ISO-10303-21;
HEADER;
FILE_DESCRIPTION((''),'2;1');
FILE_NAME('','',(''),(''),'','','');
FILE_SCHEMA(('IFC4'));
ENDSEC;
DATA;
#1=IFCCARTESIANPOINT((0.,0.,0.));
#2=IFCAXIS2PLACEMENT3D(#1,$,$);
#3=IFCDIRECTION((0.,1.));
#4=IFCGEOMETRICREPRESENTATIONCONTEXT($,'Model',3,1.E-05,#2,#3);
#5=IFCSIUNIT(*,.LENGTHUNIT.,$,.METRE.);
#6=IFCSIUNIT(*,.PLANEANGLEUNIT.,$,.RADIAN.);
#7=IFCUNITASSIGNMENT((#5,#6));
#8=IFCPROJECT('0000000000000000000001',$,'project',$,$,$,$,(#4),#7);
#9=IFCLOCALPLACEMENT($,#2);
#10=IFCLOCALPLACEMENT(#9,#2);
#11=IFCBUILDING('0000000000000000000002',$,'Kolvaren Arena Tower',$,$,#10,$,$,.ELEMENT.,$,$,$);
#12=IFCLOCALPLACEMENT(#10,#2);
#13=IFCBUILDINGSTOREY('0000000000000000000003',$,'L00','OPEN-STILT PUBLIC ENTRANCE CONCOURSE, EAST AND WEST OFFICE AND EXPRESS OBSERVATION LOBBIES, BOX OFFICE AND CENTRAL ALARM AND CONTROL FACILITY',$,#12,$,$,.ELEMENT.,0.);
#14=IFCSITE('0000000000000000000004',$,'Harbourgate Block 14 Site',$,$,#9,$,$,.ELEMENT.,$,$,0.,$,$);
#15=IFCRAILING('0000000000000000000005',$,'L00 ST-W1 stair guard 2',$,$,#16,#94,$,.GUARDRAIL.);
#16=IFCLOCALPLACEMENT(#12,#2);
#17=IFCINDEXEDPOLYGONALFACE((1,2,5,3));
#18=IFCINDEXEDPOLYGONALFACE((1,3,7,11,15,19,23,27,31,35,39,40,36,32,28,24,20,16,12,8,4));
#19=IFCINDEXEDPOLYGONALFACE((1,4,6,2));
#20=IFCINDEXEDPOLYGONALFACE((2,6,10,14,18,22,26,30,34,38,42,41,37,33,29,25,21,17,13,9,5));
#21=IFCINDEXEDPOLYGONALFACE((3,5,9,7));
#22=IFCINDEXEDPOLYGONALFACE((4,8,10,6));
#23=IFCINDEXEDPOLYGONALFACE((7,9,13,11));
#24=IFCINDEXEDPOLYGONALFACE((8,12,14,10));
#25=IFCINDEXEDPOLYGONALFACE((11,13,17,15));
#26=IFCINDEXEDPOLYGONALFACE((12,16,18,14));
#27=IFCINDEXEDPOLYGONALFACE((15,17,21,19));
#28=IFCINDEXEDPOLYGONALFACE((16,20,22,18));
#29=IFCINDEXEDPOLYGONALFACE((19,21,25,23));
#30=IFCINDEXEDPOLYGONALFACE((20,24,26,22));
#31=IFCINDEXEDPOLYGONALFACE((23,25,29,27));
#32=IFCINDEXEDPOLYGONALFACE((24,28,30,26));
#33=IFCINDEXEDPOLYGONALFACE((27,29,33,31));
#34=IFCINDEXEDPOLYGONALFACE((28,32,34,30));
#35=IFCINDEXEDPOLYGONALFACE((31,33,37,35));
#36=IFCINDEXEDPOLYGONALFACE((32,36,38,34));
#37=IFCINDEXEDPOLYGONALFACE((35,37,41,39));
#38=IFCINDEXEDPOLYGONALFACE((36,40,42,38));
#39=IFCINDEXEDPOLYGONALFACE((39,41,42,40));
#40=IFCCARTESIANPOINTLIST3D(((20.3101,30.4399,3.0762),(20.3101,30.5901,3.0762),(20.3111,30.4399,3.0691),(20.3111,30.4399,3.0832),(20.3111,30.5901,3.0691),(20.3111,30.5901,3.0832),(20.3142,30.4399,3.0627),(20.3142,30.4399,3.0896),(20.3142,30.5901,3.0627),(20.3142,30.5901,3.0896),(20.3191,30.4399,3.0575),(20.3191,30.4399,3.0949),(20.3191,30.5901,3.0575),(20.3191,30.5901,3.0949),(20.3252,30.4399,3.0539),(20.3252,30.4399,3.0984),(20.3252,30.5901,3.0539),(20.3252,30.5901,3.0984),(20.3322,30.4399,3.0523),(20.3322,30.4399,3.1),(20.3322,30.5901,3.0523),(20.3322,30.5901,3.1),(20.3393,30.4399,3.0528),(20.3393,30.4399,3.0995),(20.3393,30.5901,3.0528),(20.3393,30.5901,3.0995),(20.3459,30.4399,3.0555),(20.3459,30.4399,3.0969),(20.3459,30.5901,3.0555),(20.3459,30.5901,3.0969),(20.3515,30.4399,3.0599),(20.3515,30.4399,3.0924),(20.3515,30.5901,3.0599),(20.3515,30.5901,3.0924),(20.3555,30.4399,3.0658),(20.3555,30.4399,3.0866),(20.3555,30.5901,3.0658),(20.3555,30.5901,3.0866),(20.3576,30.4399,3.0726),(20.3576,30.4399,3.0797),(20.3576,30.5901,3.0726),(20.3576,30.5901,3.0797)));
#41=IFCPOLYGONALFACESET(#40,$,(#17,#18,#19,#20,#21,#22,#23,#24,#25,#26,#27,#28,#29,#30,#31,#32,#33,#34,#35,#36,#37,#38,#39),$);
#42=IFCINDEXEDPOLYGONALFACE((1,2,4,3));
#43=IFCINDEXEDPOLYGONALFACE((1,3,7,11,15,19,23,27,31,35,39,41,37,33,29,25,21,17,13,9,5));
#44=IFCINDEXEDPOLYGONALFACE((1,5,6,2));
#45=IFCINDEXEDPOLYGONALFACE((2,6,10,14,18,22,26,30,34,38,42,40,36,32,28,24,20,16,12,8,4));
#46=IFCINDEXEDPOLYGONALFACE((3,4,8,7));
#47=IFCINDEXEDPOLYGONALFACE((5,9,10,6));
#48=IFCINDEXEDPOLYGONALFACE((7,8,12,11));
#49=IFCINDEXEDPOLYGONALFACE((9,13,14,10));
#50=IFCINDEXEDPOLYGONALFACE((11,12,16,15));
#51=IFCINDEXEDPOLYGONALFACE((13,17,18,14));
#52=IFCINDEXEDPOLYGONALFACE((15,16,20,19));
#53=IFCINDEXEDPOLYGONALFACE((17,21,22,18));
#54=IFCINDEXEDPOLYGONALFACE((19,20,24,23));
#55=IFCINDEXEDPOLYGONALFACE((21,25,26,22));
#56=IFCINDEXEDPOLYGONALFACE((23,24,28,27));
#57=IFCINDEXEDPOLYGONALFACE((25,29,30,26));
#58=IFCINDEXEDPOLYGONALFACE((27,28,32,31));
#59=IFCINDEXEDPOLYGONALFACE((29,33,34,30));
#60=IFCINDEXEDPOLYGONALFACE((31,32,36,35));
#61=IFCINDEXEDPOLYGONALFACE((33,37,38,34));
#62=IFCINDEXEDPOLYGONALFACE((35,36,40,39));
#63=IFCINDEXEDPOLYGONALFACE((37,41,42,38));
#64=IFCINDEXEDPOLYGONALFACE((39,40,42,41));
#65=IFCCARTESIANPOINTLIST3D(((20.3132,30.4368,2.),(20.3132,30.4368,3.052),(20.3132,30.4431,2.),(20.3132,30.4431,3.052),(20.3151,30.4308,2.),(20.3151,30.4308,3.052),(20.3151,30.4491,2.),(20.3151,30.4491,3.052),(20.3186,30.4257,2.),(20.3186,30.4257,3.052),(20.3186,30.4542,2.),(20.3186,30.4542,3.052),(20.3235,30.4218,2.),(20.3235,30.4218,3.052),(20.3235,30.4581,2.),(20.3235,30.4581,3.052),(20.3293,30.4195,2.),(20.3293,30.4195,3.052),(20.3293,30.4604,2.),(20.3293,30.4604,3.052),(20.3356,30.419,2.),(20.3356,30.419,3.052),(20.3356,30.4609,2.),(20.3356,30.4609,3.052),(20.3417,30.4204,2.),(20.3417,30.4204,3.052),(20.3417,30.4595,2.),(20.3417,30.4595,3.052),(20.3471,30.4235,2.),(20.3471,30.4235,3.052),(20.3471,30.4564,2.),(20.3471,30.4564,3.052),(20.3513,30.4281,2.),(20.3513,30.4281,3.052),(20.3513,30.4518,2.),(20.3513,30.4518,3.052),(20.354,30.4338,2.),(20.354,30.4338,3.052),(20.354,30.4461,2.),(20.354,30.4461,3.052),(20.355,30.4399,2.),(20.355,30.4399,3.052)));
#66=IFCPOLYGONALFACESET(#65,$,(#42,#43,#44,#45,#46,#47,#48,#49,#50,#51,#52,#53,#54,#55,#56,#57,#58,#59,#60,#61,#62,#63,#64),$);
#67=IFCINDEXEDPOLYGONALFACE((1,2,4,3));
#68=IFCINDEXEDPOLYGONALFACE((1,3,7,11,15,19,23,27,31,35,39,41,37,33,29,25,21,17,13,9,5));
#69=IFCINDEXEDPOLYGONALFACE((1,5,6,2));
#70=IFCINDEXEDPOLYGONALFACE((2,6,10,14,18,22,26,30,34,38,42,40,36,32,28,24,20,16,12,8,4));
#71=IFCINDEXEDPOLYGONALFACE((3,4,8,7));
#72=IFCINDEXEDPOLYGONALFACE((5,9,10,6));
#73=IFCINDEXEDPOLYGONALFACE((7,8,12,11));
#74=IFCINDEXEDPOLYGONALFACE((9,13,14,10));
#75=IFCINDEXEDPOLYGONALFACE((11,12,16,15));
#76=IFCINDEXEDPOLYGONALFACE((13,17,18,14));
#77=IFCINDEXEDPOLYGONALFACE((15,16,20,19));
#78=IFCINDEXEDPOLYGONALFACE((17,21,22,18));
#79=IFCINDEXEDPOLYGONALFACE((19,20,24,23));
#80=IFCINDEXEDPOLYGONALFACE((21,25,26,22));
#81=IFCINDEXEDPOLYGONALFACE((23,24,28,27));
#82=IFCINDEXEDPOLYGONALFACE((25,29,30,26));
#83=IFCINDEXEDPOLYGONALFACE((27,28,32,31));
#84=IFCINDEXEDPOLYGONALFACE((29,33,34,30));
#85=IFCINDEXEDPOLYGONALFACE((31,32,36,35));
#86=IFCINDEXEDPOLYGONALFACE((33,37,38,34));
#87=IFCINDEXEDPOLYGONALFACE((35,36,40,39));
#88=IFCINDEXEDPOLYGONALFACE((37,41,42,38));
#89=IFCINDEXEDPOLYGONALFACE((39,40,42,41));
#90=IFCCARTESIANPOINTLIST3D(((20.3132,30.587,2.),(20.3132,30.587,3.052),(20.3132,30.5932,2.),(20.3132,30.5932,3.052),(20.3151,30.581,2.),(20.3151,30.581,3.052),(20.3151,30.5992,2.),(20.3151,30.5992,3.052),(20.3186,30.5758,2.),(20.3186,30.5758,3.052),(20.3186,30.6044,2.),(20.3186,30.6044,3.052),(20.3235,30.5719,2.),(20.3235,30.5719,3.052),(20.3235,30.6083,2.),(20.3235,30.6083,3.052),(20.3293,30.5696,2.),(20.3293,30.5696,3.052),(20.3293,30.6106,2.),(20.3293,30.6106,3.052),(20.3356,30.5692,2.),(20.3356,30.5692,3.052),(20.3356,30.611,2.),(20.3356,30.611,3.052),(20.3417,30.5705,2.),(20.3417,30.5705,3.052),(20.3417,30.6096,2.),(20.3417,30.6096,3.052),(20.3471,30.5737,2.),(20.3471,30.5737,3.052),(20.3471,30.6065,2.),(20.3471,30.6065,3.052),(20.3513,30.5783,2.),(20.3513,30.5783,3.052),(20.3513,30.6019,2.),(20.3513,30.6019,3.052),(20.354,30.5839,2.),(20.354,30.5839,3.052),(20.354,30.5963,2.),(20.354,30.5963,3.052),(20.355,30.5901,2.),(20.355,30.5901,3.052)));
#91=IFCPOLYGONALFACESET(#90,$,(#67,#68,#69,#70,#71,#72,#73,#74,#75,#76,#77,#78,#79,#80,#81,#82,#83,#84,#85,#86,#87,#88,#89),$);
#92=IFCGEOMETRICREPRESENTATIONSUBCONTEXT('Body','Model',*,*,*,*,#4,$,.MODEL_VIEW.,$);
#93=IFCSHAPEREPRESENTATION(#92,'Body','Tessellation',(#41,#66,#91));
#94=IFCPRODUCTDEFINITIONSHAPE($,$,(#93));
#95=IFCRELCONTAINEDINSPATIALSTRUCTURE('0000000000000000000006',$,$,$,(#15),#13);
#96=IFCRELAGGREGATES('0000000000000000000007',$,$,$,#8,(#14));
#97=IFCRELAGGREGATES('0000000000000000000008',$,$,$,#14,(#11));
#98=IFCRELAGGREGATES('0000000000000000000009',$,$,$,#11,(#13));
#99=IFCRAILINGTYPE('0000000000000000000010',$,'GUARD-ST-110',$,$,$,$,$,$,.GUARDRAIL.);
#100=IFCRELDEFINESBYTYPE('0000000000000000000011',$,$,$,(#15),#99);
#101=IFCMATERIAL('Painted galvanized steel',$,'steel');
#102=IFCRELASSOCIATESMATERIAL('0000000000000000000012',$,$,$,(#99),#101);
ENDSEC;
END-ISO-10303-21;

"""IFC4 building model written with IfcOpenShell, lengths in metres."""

from ifc_helpers import new_model, si_unit, direction, frame, origin, origin_2d, place, context, subcontext, project, spatial, circle, extrude, material, type_object, element, save


model = new_model("IFC4")

# Units and contexts
model_context = context("Model", 3, precision=1e-05, world=origin(), true_north=direction((0.0, 1.0)))
body_context = subcontext(model_context, "Body", "Model", "MODEL_VIEW")
ifc_project = project(units=[si_unit("LENGTHUNIT", "METRE"), si_unit("PLANEANGLEUNIT", "RADIAN")], contexts=[model_context])

# Site, building, storey
site_placement = place(None, origin())
site = spatial("IfcSite", under=ifc_project, at=site_placement, Name="Harbourgate Block 14 Site", CompositionType="ELEMENT", RefElevation=0.0)
building_placement = place(site_placement, origin())
building = spatial("IfcBuilding", under=site, at=building_placement, Name="Kolvaren Arena Tower", CompositionType="ELEMENT")
storey_placement = place(building_placement, origin())
storey = spatial("IfcBuildingStorey", under=building, at=storey_placement, Name="L00", Description="OPEN-STILT PUBLIC ENTRANCE CONCOURSE, EAST AND WEST OFFICE AND EXPRESS OBSERVATION LOBBIES, BOX OFFICE AND CENTRAL ALARM AND CONTROL FACILITY", CompositionType="ELEMENT", Elevation=0.0)

# Railing
ifc_material_1 = material(Name="Painted galvanized steel", Category="steel")
railing_type_1 = type_object("IfcRailingType", Name="GUARD-ST-110", PredefinedType="GUARDRAIL", material=ifc_material_1)
railing_1_placement = place(storey_placement, frame((20.334, 30.4399, 2.0)))
element("IfcRailing", 1, at=railing_1_placement, inside=storey, type_object=railing_type_1, Name="L00 ST-W1 stair guard 2", PredefinedType="GUARDRAIL", context=body_context, shape_type="SweptSolid", body=[
    extrude(circle(Radius=0.0239, at=origin_2d()), frame((0.0, 0.0, 1.0762), z_axis=(0.0, 1.0, 0.0), x_axis=(-1.0, 0.0, 0.0)), (0.0, 0.0, 1.0), 0.1501),
    extrude(circle(Radius=0.021, at=origin_2d()), origin(), (0.0, 0.0, 1.0), 1.052),
    extrude(circle(Radius=0.021, at=origin_2d()), frame((0.0, 0.1501, 0.0)), (0.0, 0.0, 1.0), 1.052),
])

save(model, "model.ifc")
